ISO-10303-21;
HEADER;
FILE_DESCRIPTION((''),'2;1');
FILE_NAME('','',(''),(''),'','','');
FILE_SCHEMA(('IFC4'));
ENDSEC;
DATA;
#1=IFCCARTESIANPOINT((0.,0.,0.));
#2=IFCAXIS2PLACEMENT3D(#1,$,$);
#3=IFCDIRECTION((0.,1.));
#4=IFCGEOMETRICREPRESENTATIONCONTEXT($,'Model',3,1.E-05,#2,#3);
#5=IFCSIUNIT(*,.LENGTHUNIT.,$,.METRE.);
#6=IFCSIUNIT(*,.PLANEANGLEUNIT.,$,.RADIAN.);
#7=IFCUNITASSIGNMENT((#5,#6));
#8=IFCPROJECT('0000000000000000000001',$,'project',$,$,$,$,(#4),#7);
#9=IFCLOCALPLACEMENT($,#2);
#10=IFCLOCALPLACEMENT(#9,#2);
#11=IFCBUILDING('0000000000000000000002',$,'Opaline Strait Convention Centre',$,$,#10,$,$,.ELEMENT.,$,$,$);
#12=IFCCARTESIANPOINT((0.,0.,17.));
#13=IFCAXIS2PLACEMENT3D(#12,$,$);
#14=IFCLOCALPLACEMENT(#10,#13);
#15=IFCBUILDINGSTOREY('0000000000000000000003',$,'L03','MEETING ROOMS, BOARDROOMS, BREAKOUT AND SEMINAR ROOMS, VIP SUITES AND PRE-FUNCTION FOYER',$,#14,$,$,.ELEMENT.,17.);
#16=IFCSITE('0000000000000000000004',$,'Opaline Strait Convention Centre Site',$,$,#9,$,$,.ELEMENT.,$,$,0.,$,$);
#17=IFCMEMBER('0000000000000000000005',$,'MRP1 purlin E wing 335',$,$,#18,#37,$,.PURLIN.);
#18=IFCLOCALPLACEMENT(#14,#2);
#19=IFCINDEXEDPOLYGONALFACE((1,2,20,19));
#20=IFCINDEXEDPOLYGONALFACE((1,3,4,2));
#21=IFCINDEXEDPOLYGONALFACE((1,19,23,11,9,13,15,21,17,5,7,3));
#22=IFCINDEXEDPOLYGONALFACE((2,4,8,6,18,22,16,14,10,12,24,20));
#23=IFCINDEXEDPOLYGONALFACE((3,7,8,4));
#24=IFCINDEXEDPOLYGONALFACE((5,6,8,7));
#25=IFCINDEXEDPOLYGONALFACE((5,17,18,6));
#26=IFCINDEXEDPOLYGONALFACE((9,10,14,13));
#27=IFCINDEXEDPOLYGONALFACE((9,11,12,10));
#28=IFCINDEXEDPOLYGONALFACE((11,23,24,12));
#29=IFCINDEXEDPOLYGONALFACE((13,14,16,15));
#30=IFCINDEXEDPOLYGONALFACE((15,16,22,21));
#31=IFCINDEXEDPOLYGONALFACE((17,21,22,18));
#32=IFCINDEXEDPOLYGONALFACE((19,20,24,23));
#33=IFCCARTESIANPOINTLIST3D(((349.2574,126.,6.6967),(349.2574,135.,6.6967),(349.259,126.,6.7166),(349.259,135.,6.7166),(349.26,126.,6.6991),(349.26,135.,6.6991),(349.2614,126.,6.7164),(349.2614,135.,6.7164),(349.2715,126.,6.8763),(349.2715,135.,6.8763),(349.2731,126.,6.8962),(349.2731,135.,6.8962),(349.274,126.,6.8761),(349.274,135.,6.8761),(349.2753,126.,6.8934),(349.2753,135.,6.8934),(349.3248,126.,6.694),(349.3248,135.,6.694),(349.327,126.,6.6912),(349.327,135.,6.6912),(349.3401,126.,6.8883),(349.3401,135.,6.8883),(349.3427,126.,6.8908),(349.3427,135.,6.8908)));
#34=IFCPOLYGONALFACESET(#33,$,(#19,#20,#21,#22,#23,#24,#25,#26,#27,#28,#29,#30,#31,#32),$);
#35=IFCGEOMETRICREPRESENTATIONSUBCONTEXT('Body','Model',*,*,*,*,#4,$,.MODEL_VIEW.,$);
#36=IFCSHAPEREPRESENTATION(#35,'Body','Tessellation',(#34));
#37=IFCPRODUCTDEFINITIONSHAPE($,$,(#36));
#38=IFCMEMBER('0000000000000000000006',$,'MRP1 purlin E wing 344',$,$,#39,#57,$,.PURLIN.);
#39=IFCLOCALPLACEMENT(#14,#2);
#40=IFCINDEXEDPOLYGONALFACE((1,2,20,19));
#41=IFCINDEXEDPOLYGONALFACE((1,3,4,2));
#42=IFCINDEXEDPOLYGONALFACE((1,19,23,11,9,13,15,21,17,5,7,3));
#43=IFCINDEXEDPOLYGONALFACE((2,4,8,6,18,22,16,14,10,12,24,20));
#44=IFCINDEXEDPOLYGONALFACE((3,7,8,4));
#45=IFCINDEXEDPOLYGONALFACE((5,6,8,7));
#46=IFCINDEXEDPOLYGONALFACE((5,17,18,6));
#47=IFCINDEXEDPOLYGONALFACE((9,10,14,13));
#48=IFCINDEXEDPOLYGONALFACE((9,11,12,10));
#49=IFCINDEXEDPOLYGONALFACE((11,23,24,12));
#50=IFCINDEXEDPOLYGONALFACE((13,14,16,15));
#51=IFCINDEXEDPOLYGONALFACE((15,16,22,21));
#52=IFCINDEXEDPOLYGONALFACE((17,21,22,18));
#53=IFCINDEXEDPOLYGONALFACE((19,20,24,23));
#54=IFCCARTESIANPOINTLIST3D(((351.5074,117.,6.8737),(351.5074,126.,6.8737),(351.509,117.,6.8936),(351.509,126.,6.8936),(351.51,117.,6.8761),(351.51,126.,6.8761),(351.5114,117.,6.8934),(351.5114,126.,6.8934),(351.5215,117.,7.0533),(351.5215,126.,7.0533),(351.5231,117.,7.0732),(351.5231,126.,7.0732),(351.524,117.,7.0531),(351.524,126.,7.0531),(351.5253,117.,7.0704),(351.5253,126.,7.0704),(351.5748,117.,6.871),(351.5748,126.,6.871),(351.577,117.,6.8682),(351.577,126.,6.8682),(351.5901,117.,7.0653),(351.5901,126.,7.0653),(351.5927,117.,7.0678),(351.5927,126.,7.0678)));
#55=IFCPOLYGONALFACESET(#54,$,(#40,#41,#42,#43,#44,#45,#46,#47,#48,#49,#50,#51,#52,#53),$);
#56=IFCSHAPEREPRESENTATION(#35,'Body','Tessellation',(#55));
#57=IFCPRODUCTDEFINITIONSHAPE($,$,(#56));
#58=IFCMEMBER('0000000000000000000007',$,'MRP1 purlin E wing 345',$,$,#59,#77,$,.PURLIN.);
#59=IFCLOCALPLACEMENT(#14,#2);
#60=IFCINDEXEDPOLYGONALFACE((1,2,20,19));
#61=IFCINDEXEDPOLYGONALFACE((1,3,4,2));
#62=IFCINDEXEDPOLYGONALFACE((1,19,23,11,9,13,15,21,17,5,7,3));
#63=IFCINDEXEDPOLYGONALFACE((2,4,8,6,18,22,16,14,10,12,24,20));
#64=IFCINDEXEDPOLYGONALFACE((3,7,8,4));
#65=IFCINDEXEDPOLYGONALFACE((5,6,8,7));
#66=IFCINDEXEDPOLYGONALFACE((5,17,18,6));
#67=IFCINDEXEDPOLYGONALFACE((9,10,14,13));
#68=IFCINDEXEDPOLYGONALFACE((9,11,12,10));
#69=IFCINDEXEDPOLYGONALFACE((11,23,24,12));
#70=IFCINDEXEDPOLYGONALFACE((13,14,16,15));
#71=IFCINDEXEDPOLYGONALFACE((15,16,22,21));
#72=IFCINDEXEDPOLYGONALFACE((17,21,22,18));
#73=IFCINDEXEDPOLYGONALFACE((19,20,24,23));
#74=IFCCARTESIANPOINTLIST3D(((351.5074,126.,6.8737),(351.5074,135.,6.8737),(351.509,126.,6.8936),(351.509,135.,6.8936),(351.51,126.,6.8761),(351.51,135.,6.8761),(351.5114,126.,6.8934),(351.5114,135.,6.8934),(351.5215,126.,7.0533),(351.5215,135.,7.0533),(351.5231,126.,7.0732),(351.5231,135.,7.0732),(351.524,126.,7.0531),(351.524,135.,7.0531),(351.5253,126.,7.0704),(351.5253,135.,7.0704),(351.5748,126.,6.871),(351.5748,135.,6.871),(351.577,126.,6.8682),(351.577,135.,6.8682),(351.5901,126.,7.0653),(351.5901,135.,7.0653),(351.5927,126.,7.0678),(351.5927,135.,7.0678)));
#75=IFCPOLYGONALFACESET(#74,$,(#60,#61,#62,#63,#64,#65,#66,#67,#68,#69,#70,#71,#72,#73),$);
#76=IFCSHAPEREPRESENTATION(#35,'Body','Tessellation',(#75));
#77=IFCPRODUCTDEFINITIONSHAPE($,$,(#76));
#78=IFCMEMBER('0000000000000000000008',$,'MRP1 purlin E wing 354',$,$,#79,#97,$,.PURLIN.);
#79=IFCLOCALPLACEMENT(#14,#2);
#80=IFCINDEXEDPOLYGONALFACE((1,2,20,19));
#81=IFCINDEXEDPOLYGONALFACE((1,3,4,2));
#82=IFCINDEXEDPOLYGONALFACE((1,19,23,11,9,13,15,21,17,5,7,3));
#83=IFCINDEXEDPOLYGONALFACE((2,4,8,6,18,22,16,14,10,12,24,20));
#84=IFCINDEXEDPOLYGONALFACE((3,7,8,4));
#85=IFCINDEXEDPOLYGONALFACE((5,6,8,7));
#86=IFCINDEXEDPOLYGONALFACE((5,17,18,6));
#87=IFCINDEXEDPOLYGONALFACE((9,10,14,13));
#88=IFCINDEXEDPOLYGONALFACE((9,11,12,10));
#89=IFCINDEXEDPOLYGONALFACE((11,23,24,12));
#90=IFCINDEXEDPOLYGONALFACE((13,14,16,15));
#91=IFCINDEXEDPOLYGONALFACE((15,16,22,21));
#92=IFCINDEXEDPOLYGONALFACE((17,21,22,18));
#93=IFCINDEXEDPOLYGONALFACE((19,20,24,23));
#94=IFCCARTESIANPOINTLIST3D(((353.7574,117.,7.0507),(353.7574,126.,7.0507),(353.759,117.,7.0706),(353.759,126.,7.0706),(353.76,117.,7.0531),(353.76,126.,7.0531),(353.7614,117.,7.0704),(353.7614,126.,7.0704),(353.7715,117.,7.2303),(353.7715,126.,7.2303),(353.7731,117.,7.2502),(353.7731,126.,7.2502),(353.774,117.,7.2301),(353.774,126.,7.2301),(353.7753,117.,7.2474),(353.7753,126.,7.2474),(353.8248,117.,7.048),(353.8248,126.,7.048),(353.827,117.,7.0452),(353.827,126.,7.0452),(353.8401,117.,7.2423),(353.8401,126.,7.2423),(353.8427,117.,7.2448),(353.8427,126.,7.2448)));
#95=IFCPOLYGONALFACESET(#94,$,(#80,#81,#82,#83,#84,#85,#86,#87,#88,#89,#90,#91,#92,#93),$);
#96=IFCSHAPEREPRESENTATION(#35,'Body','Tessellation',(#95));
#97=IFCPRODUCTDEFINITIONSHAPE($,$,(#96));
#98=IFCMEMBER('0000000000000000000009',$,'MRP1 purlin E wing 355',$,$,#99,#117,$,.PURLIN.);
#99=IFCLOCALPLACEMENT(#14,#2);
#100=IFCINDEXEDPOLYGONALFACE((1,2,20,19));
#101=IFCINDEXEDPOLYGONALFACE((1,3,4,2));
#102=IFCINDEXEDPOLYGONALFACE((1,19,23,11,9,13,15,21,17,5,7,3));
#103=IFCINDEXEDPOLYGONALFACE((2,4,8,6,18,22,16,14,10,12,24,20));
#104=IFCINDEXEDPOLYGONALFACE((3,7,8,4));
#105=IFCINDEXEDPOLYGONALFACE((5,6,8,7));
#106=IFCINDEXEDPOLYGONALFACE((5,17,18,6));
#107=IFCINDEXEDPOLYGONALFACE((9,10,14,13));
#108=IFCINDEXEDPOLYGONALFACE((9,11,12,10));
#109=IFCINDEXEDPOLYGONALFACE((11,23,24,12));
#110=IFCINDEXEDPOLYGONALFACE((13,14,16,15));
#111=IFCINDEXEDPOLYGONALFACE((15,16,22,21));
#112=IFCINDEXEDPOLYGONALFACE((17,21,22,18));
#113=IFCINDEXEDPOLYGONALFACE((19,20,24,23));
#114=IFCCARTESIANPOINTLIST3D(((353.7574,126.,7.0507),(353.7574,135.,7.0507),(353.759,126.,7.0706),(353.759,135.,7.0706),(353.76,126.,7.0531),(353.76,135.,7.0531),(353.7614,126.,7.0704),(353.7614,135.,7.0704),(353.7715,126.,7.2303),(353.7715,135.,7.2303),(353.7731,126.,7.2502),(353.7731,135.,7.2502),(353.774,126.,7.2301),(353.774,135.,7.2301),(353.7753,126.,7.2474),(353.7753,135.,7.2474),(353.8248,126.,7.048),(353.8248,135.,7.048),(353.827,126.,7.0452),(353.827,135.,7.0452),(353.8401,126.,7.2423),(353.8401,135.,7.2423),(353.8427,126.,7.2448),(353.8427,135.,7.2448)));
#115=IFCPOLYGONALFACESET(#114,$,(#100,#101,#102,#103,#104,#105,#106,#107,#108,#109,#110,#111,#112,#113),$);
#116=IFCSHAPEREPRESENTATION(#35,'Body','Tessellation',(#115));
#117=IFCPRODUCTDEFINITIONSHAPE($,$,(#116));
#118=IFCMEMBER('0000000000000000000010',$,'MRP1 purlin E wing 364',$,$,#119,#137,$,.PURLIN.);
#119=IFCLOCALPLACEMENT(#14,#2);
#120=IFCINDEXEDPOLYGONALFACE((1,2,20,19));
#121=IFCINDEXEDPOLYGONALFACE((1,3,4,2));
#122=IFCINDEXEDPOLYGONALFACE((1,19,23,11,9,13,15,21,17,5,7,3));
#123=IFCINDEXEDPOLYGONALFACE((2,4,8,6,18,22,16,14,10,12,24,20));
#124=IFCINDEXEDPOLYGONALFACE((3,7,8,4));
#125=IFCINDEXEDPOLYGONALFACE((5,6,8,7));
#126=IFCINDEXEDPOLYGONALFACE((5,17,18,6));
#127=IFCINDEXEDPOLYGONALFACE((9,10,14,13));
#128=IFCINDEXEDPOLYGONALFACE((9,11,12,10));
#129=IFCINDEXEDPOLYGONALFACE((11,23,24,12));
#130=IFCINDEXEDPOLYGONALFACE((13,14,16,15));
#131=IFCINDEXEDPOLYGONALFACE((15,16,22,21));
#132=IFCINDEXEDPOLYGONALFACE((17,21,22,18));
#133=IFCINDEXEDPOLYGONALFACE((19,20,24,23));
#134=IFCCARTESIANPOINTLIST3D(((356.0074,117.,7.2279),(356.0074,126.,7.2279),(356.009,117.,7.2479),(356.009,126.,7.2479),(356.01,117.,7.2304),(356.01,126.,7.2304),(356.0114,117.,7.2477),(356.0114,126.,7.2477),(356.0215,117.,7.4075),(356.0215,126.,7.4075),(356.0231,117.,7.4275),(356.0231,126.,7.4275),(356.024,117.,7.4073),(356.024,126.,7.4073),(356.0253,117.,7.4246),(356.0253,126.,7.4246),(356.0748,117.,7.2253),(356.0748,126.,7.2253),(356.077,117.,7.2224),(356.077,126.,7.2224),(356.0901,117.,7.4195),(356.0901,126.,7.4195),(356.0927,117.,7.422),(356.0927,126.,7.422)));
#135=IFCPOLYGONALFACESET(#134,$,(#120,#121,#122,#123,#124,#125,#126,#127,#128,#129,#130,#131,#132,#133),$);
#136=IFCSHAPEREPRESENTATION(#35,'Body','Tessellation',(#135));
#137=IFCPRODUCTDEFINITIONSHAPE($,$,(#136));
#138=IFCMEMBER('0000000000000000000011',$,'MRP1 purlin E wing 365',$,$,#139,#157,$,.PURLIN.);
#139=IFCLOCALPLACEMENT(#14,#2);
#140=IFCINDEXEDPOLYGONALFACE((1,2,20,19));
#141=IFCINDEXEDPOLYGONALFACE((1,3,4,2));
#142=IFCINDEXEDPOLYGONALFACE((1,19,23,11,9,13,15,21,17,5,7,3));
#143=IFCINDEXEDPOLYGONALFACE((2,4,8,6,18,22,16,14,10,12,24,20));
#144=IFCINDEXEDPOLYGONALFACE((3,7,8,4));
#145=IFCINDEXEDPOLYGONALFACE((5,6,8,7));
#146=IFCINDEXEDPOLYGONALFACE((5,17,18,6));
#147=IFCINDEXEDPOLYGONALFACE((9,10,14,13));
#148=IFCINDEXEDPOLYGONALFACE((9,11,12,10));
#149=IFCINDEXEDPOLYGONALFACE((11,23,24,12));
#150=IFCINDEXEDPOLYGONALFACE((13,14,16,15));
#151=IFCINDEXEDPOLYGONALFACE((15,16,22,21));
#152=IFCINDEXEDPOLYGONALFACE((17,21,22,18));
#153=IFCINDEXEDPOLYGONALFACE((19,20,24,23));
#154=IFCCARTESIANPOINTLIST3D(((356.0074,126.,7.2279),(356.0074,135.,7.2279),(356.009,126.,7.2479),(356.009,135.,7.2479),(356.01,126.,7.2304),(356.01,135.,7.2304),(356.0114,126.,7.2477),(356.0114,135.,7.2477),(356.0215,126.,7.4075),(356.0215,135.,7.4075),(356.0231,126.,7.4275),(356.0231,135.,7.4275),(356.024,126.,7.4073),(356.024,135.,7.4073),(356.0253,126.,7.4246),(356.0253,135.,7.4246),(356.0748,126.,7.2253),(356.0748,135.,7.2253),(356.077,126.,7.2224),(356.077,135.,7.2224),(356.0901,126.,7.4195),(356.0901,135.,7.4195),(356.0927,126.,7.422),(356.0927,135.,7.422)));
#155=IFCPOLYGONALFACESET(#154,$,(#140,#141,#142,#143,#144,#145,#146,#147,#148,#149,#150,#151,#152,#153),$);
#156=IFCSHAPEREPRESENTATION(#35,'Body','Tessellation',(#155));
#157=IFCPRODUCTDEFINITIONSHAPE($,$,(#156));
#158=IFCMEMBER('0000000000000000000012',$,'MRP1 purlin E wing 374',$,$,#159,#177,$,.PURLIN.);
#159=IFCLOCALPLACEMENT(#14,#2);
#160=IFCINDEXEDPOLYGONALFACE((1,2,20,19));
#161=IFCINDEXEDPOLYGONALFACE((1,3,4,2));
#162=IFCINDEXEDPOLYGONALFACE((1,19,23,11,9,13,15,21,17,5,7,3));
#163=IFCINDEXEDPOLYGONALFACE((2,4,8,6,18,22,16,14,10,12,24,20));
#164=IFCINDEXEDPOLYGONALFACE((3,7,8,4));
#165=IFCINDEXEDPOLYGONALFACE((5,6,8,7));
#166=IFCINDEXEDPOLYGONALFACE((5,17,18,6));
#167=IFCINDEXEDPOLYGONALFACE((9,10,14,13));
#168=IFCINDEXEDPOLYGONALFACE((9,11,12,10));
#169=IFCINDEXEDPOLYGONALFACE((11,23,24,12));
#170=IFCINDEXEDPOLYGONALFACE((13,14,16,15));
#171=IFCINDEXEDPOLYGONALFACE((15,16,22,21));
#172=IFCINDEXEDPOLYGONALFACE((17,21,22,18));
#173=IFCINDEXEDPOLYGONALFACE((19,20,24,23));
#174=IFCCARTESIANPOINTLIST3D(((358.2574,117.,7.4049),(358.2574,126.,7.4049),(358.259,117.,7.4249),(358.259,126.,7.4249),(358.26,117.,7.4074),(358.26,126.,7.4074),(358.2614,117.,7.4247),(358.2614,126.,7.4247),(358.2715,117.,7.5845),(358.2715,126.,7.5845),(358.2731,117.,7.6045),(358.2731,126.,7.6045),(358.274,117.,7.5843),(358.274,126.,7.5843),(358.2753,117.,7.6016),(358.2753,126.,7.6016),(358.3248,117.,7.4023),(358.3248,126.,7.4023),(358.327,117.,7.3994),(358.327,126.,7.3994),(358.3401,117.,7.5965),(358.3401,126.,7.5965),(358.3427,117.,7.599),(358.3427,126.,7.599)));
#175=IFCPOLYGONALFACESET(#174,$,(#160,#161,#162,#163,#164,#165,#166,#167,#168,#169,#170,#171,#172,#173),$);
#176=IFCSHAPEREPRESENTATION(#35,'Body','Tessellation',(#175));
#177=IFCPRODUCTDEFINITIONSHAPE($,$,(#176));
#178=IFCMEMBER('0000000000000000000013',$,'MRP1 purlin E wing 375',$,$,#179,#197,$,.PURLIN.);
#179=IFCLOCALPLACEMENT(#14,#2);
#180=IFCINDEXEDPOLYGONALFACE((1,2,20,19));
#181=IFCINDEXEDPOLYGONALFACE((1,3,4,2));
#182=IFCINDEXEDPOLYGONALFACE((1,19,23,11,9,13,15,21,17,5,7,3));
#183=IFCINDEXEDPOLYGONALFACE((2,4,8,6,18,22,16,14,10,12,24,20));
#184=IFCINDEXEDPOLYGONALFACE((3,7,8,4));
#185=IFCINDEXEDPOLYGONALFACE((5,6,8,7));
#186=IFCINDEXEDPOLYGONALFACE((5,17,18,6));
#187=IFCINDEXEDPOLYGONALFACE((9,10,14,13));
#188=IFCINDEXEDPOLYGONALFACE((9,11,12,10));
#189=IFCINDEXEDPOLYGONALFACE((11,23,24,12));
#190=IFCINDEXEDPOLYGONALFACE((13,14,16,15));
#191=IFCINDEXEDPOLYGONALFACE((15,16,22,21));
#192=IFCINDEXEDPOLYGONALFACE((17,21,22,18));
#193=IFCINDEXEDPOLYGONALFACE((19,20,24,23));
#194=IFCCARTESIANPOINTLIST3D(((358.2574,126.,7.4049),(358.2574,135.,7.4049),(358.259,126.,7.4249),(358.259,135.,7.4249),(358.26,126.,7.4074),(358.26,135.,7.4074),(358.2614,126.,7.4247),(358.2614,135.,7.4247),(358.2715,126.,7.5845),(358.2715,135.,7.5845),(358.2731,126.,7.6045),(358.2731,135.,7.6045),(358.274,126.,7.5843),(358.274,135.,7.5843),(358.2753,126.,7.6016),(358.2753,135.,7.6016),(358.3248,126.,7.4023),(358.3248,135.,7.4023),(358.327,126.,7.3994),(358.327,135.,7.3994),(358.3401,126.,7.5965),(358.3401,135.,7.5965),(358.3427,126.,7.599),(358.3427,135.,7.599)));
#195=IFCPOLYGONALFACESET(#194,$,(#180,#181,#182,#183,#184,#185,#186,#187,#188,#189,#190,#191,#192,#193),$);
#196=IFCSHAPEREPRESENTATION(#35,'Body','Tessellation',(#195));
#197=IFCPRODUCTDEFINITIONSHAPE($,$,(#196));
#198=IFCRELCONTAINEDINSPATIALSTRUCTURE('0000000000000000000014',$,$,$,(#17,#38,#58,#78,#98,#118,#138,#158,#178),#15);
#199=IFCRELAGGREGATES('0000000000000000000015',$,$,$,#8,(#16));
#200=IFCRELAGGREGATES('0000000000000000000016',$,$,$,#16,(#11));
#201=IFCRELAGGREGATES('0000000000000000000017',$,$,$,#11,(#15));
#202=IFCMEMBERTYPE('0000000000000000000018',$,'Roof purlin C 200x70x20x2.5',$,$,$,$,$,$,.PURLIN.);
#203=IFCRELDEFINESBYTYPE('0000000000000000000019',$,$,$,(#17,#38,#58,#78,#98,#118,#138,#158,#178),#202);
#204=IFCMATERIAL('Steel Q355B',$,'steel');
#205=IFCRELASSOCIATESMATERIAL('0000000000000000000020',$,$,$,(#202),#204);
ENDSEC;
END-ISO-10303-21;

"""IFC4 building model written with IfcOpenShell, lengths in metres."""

from ifc_helpers import new_model, si_unit, direction, frame, origin, place, context, subcontext, project, spatial, polyline, outline, extrude, material, material_profile, profile_set, type_object, element, save


model = new_model("IFC4")

# Units and contexts
model_context = context("Model", 3, precision=1e-05, world=origin(), true_north=direction((0.0, 1.0)))
body_context = subcontext(model_context, "Body", "Model", "MODEL_VIEW")
ifc_project = project(units=[si_unit("LENGTHUNIT", "METRE"), si_unit("PLANEANGLEUNIT", "RADIAN")], contexts=[model_context])

# Site, building, storey
site_placement = place(None, origin())
site = spatial("IfcSite", under=ifc_project, at=site_placement, Name="Opaline Strait Convention Centre Site", CompositionType="ELEMENT", RefElevation=0.0)
building_placement = place(site_placement, origin())
building = spatial("IfcBuilding", under=site, at=building_placement, Name="Opaline Strait Convention Centre", CompositionType="ELEMENT")
storey_placement = place(building_placement, frame((0.0, 0.0, 17.0)))
storey = spatial("IfcBuildingStorey", under=building, at=storey_placement, Name="L03", Description="MEETING ROOMS, BOARDROOMS, BREAKOUT AND SEMINAR ROOMS, VIP SUITES AND PRE-FUNCTION FOYER", CompositionType="ELEMENT", Elevation=17.0)

# Shared definitions
ifc_material_1 = material(Name="Steel Q355B", Category="steel")

# Members
ifc_material_profile_1 = material_profile(ifc_material_1, outline(polyline([(-0.0349, -0.1001), (0.0349, -0.1001), (0.0349, -0.0801), (0.0325, -0.0801), (0.0325, -0.0974), (-0.0325, -0.0974), (-0.0325, 0.0974), (0.0325, 0.0974), (0.0325, 0.0801), (0.0349, 0.0801), (0.0349, 0.1001), (-0.0349, 0.1001), (-0.0349, -0.1001)])), Name="C 200x70x20x2.5")
ifc_profile_set_1 = profile_set([ifc_material_profile_1], Name="Steel Q355B")
member_type_1 = type_object("IfcMemberType", Name="Roof purlin C 200x70x20x2.5", PredefinedType="PURLIN", material=ifc_profile_set_1)
for number, where, z_axis, x_axis, name in (
    (1, (349.3, 126.0, 6.7937), (0.0, 1.0, 0.0), (-0.996917, 0.0, 0.078459), "MRP1 purlin E wing 335"),
    (2, (351.55, 117.0, 6.9707), (0.0, 1.0, 0.0), (-0.996917, 0.0, 0.078459), "MRP1 purlin E wing 344"),
    (3, (351.55, 126.0, 6.9707), (0.0, 1.0, 0.0), (-0.996917, 0.0, 0.078459), "MRP1 purlin E wing 345"),
    (4, (353.8, 117.0, 7.1477), (0.0, 1.0, 0.0), (-0.996917, 0.0, 0.078459), "MRP1 purlin E wing 354"),
    (5, (353.8, 126.0, 7.1477), (0.0, 1.0, 0.0), (-0.996917, 0.0, 0.078459), "MRP1 purlin E wing 355"),
    (6, (356.05, 117.0, 7.325), (0.0, 1.0, 0.0), (-0.996917, 0.0, 0.078459), "MRP1 purlin E wing 364"),
    (7, (356.05, 126.0, 7.325), (0.0, 1.0, 0.0), (-0.996917, 0.0, 0.078459), "MRP1 purlin E wing 365"),
    (8, (358.3, 117.0, 7.502), (0.0, 1.0, 0.0), (-0.996917, 0.0, 0.078459), "MRP1 purlin E wing 374"),
    (9, (358.3, 126.0, 7.502), (0.0, 1.0, 0.0), (-0.996917, 0.0, 0.078459), "MRP1 purlin E wing 375"),
):
    element("IfcMember", number, at=place(storey_placement, frame(where, z_axis=z_axis, x_axis=x_axis)), inside=storey, type_object=member_type_1, Name=name, PredefinedType="PURLIN", context=body_context, shape_type="SweptSolid", body=[
        extrude(outline(polyline([(-0.0349, -0.1001), (0.0349, -0.1001), (0.0349, -0.0801), (0.0325, -0.0801), (0.0325, -0.0974), (-0.0325, -0.0974), (-0.0325, 0.0974), (0.0325, 0.0974), (0.0325, 0.0801), (0.0349, 0.0801), (0.0349, 0.1001), (-0.0349, 0.1001), (-0.0349, -0.1001)])), origin(), (0.0, 0.0, 1.0), 9.0),
    ])

save(model, "model.ifc")
